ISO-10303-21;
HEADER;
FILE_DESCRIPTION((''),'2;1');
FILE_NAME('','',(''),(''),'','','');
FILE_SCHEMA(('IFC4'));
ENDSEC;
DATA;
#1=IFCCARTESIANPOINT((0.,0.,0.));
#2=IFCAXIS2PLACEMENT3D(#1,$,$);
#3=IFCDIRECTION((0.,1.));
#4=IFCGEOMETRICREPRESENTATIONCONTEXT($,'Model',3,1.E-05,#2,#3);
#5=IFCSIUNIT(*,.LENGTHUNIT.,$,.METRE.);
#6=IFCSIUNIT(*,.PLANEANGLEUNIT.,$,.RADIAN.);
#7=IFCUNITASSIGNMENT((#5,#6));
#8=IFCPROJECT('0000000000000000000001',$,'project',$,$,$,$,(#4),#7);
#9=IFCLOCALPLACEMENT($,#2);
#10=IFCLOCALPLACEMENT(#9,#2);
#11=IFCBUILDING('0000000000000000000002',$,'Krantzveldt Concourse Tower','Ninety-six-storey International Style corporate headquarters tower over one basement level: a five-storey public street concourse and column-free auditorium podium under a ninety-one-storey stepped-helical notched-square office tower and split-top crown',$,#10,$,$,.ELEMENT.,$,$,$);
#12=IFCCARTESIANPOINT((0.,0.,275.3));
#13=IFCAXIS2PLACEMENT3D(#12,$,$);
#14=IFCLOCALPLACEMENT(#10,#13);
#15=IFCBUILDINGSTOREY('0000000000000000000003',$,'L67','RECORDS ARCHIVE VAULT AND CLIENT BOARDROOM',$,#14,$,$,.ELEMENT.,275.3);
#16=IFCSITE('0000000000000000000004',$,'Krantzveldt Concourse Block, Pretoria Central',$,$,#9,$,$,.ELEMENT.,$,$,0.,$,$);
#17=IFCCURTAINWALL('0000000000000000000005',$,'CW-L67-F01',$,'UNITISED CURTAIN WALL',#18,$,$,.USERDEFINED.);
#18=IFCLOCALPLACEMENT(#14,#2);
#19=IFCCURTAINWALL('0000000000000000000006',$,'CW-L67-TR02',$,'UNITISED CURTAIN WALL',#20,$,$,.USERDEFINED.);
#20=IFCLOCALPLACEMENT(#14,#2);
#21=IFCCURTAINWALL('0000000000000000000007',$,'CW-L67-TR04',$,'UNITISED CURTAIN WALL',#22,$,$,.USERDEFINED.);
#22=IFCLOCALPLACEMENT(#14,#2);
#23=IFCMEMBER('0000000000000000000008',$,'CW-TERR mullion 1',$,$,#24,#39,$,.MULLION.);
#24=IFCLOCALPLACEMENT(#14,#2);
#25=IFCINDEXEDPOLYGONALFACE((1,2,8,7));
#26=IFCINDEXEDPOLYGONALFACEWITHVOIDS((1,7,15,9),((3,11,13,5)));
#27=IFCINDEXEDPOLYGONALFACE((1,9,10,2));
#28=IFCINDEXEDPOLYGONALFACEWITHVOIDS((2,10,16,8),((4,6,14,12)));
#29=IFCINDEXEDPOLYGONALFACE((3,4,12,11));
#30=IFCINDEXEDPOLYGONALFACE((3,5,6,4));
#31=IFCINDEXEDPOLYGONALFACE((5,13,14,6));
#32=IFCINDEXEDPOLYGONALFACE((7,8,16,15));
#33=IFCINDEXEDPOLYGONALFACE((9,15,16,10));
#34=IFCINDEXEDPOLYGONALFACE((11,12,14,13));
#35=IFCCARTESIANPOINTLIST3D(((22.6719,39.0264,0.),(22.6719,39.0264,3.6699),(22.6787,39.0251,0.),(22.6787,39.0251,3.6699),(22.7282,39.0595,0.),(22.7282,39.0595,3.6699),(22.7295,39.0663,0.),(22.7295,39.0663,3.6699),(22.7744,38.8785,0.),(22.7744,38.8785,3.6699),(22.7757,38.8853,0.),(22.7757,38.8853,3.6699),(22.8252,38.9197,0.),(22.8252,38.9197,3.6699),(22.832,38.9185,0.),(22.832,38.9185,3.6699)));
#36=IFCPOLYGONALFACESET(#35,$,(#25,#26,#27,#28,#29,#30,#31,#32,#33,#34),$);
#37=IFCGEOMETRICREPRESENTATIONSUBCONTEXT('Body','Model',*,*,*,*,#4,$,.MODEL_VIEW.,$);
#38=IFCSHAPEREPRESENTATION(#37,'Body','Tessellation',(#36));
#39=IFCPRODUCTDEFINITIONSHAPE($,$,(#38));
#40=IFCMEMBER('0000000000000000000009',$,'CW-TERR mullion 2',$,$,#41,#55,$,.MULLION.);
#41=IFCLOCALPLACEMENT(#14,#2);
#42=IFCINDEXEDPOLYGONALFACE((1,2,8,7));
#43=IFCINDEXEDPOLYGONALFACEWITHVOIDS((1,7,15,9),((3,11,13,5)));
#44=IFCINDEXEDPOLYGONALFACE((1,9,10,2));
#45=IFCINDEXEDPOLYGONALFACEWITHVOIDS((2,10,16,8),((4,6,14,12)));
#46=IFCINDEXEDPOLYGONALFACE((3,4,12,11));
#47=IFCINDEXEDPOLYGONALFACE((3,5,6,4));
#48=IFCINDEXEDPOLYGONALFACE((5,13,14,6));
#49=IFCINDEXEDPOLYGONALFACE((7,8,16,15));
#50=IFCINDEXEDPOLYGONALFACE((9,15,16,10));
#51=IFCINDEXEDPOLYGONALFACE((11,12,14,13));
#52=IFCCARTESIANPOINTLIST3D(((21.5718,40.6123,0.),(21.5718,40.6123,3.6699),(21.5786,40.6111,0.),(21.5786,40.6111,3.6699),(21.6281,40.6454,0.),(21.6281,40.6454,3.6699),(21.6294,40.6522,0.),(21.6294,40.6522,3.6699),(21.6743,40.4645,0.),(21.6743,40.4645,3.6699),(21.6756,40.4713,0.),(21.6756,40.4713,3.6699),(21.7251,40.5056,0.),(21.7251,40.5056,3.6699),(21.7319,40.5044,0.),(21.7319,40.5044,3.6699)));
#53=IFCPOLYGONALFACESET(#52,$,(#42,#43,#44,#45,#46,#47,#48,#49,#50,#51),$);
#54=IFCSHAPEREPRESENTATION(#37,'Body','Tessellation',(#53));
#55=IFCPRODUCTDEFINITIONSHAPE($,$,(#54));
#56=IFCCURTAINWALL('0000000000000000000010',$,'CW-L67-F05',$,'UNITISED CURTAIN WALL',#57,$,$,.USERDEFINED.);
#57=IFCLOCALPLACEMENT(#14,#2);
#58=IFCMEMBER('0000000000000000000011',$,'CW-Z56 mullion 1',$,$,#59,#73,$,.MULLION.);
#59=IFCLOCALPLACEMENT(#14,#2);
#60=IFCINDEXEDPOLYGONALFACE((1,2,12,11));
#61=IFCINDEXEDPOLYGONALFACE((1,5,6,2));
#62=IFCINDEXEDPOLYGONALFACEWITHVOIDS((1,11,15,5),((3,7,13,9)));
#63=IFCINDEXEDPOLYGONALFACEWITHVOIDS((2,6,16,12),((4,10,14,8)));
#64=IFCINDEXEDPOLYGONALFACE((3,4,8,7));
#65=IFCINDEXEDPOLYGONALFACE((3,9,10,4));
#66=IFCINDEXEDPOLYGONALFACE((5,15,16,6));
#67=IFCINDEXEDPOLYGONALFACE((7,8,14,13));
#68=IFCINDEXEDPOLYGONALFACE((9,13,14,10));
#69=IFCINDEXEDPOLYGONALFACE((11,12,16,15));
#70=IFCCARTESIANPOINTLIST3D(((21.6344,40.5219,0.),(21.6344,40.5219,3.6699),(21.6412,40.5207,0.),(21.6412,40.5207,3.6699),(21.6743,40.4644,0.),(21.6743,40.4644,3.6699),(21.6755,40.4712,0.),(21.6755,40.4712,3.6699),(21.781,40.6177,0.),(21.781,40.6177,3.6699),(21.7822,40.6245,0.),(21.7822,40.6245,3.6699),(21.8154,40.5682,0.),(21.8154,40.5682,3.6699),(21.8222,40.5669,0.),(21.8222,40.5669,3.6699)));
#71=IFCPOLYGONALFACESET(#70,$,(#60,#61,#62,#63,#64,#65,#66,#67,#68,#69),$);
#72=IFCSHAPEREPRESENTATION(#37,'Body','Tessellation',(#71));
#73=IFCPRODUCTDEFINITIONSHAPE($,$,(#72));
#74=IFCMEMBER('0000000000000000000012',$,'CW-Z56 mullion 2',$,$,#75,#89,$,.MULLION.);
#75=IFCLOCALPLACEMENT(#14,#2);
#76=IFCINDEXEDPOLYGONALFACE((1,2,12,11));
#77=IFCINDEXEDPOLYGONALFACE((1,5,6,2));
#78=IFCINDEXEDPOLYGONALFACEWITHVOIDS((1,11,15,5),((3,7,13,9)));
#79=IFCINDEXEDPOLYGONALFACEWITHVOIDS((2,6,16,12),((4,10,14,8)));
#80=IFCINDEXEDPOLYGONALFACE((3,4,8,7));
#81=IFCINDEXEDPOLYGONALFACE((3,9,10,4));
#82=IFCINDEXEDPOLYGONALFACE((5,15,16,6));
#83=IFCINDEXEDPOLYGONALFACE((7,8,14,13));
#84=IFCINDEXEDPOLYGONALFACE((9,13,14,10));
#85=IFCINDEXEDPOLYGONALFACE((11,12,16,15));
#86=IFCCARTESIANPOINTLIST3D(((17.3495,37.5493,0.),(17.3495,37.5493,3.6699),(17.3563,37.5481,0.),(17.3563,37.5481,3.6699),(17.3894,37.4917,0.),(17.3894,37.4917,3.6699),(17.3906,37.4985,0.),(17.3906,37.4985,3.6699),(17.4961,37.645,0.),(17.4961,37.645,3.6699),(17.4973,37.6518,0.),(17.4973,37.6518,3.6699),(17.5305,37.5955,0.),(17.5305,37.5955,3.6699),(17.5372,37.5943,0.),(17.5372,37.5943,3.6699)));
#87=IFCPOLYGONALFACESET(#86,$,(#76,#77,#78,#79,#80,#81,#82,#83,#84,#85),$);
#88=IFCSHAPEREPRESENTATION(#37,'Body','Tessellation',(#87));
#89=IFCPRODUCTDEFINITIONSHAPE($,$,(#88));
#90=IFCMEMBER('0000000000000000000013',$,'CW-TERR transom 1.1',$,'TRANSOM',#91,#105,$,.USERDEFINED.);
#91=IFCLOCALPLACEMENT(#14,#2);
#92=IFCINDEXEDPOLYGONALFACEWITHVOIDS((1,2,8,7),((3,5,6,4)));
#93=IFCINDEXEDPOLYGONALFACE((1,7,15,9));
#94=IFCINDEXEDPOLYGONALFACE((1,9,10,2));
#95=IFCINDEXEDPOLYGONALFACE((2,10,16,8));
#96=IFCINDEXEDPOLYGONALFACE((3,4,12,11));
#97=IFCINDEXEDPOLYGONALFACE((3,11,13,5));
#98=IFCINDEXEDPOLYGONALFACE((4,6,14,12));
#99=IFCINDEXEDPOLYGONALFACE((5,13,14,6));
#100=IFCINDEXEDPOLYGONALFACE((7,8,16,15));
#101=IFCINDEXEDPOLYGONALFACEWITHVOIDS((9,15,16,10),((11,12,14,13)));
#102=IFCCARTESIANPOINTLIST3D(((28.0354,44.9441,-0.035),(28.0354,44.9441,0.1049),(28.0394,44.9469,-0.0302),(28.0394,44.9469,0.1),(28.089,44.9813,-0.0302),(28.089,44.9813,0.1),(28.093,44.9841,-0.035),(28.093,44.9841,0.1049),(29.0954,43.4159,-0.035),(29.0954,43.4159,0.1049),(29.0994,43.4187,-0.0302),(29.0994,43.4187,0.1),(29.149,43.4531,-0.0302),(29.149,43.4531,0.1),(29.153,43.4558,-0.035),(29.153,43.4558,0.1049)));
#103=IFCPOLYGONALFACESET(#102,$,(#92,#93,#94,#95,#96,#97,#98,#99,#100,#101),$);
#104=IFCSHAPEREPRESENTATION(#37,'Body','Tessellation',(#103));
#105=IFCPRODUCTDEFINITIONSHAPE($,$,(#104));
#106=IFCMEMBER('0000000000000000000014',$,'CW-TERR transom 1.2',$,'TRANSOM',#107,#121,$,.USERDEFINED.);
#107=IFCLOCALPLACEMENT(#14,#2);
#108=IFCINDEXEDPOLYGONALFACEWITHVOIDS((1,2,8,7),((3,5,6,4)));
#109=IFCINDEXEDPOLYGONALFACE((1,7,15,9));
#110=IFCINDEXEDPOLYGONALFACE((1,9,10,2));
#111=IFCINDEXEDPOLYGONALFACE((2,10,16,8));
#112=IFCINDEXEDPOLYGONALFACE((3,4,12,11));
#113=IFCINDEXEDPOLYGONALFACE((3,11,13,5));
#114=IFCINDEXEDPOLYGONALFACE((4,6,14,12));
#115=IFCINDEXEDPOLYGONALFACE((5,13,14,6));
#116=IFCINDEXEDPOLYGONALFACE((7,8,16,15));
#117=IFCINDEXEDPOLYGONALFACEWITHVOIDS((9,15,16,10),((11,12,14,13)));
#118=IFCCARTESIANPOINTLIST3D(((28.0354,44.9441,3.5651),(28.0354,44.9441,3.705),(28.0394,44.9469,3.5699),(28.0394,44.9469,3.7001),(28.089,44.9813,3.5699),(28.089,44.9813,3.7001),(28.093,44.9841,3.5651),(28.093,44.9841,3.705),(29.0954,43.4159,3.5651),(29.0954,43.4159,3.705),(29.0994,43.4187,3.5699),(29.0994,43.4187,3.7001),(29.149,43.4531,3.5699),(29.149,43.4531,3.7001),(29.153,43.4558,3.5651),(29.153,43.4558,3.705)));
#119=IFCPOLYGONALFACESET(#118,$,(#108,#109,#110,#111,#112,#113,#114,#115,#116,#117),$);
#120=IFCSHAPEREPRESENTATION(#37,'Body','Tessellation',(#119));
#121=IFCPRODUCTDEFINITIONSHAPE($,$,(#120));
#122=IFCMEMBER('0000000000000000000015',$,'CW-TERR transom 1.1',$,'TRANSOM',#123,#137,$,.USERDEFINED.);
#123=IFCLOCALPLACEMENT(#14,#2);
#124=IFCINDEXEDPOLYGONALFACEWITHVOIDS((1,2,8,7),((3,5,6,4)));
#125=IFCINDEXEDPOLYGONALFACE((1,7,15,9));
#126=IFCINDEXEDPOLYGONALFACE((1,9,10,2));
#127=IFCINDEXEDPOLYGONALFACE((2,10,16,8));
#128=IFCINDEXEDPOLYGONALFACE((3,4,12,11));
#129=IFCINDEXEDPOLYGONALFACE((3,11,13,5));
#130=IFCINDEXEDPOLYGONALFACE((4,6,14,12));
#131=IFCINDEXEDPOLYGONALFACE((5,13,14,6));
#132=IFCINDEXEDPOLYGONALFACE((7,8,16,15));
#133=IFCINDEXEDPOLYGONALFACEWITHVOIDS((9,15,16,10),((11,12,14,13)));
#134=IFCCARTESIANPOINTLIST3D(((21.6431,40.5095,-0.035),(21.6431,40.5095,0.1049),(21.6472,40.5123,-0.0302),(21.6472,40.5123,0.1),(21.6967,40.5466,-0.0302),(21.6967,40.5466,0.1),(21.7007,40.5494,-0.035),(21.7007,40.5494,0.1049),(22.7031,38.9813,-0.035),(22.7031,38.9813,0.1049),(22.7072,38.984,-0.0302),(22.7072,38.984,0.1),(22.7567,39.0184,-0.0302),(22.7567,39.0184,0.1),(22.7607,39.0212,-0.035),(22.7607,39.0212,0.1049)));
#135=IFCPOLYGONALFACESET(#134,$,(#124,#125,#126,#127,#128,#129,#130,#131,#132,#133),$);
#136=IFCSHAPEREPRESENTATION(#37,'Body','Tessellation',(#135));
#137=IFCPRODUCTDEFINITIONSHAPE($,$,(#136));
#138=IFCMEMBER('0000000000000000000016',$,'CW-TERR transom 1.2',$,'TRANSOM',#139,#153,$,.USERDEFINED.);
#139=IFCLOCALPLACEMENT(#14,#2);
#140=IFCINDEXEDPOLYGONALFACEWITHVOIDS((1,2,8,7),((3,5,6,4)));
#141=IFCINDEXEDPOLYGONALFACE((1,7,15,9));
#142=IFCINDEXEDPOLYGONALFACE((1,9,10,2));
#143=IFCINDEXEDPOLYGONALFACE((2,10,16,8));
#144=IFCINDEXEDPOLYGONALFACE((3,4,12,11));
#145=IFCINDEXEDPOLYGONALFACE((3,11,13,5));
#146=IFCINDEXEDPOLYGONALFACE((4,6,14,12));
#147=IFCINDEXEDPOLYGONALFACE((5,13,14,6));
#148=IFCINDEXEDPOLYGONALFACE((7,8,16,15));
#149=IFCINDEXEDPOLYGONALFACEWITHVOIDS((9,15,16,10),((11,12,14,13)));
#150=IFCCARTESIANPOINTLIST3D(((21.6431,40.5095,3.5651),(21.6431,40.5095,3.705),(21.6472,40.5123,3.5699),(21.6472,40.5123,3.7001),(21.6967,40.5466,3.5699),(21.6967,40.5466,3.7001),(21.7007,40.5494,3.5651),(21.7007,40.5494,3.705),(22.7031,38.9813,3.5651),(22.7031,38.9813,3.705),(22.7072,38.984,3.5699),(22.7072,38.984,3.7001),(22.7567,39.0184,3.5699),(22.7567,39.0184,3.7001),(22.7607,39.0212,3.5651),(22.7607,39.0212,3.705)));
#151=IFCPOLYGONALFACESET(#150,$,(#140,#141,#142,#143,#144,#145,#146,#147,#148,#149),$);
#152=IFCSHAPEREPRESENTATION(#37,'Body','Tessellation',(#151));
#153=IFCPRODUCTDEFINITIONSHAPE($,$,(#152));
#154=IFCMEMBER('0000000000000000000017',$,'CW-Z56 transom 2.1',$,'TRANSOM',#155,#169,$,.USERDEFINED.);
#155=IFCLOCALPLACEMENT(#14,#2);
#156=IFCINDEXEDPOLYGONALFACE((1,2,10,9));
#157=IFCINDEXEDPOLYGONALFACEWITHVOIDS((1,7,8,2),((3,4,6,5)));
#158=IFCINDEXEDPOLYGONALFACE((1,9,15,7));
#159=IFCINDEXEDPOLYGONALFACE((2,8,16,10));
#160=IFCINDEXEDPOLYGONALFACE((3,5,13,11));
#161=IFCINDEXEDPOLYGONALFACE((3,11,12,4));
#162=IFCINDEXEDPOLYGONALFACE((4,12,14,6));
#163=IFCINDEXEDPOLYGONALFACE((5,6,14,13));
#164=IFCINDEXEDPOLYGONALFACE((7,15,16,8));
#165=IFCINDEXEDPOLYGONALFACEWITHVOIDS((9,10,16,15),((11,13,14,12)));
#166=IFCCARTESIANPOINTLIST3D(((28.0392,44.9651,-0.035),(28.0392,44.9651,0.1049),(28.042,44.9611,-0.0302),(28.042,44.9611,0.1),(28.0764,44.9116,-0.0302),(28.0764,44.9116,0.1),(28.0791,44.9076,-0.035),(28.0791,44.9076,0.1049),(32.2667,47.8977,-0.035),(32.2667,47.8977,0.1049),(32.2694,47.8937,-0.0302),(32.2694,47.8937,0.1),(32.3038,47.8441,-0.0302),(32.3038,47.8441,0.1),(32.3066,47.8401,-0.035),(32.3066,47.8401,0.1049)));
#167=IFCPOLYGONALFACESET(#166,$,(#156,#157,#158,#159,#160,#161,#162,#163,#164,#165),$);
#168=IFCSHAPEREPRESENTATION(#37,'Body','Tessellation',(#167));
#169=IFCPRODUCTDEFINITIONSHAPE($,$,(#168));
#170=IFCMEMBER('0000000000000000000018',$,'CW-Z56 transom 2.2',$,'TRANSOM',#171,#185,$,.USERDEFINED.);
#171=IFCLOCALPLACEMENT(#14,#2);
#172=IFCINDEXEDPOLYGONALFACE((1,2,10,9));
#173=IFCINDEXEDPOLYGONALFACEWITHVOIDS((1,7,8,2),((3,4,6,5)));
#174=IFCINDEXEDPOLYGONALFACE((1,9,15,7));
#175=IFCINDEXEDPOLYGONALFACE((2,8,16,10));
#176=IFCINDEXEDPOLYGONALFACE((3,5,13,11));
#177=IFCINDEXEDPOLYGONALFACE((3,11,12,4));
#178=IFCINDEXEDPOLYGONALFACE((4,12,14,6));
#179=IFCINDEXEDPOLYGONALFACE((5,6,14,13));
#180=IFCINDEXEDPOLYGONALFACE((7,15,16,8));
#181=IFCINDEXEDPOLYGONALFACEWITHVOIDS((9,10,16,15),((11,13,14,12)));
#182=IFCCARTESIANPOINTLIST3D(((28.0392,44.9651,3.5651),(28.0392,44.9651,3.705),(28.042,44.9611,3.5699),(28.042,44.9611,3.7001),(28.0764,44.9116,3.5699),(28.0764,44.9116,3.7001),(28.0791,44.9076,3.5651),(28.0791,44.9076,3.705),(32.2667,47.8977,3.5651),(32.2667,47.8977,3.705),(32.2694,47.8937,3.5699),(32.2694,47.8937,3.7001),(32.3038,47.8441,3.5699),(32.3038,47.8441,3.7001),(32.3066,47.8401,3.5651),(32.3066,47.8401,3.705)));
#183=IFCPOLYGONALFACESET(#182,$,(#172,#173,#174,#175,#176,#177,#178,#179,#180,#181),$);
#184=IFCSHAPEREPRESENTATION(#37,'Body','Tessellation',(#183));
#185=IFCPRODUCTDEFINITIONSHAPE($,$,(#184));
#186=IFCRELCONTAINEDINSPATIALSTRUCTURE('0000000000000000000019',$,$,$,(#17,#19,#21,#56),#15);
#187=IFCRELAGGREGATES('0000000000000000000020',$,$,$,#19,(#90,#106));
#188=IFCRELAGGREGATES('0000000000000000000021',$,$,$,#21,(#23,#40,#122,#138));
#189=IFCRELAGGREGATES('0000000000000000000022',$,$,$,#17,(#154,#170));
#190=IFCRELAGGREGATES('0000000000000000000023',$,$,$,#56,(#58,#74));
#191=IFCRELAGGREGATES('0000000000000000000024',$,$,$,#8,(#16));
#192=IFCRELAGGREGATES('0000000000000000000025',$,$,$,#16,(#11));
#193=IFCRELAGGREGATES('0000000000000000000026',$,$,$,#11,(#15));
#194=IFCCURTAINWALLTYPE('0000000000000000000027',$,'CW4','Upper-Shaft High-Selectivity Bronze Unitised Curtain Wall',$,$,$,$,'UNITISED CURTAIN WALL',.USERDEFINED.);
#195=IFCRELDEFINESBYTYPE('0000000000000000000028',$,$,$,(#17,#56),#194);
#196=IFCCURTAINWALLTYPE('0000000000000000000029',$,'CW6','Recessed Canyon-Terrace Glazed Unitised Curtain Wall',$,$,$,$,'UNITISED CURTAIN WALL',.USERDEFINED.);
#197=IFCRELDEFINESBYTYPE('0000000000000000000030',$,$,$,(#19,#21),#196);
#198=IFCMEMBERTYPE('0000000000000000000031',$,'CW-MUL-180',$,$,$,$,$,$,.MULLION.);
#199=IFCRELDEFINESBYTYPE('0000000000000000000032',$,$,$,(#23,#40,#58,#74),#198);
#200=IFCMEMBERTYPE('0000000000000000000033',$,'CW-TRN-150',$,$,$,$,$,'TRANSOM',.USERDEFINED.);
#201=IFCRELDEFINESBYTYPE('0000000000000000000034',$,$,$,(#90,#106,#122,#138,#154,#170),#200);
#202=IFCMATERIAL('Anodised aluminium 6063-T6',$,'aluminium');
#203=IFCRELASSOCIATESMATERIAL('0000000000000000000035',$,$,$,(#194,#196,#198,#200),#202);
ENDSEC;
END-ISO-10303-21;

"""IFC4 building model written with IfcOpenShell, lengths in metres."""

from ifc_helpers import new_model, si_unit, direction, frame, origin, origin_2d, place, context, subcontext, project, spatial, hollow_rectangle, extrude, source, transform, mapped, material, material_profile, profile_set, type_object, type_shapes, element, aggregate, save


model = new_model("IFC4")

# Units and contexts
model_context = context("Model", 3, precision=1e-05, world=origin(), true_north=direction((0.0, 1.0)))
body_context = subcontext(model_context, "Body", "Model", "MODEL_VIEW")
ifc_project = project(units=[si_unit("LENGTHUNIT", "METRE"), si_unit("PLANEANGLEUNIT", "RADIAN")], contexts=[model_context])

# Site, building, storey
site_placement = place(None, origin())
site = spatial("IfcSite", under=ifc_project, at=site_placement, Name="Krantzveldt Concourse Block, Pretoria Central", CompositionType="ELEMENT", RefElevation=0.0)
building_placement = place(site_placement, origin())
building = spatial("IfcBuilding", under=site, at=building_placement, Name="Krantzveldt Concourse Tower", Description="Ninety-six-storey International Style corporate headquarters tower over one basement level: a five-storey public street concourse and column-free auditorium podium under a ninety-one-storey stepped-helical notched-square office tower and split-top crown", CompositionType="ELEMENT")
storey_placement = place(building_placement, frame((0.0, 0.0, 275.3)))
storey = spatial("IfcBuildingStorey", under=building, at=storey_placement, Name="L67", Description="RECORDS ARCHIVE VAULT AND CLIENT BOARDROOM", CompositionType="ELEMENT", Elevation=275.3)

# Curtain walls, members
ifc_material_1 = material(Name="Anodised aluminium 6063-T6", Category="aluminium")
curtain_wall_type_1 = type_object("IfcCurtainWallType", Name="CW4", Description="Upper-Shaft High-Selectivity Bronze Unitised Curtain Wall", ElementType="UNITISED CURTAIN WALL", PredefinedType="USERDEFINED", material=ifc_material_1)
curtain_wall_1_placement = place(storey_placement, origin())
curtain_wall_1 = element("IfcCurtainWall", 1, at=curtain_wall_1_placement, inside=storey, type_object=curtain_wall_type_1, Name="CW-L67-F01", ObjectType="UNITISED CURTAIN WALL", PredefinedType="USERDEFINED")
ifc_material_profile_1 = material_profile(ifc_material_1, hollow_rectangle(XDim=0.0701, YDim=0.1799, WallThickness=0.0049, at=origin_2d()), Name="Anodised aluminium 6063-T6", Category="aluminium")
ifc_profile_set_1 = profile_set([ifc_material_profile_1], Name="Anodised aluminium 6063-T6 - ALU-MULL 180x70x5")
member_type_1 = type_object("IfcMemberType", Name="CW-MUL-180", PredefinedType="MULLION", material=ifc_profile_set_1)
shared_shape_1 = source(origin(), body_context, "Body", "SweptSolid", [
    extrude(hollow_rectangle(XDim=0.0701, YDim=0.1799, WallThickness=0.0049, at=origin_2d()), origin(), (0.0, 0.0, 1.0), 3.6699),
])
type_shapes(member_type_1, [shared_shape_1])
curtain_wall_type_2 = type_object("IfcCurtainWallType", Name="CW6", Description="Recessed Canyon-Terrace Glazed Unitised Curtain Wall", ElementType="UNITISED CURTAIN WALL", PredefinedType="USERDEFINED", material=ifc_material_1)
curtain_wall_2_placement = place(storey_placement, origin())
curtain_wall_2 = element("IfcCurtainWall", 2, at=curtain_wall_2_placement, inside=storey, type_object=curtain_wall_type_2, Name="CW-L67-TR02", ObjectType="UNITISED CURTAIN WALL", PredefinedType="USERDEFINED")
curtain_wall_3_placement = place(storey_placement, origin())
curtain_wall_3 = element("IfcCurtainWall", 3, at=curtain_wall_3_placement, inside=storey, type_object=curtain_wall_type_2, Name="CW-L67-TR04", ObjectType="UNITISED CURTAIN WALL", PredefinedType="USERDEFINED")
member_1_placement = place(storey_placement, frame((22.752, 38.9724, 0.0), z_axis=(0.0, 0.0, 1.0), x_axis=(-0.821647, -0.569996, 0.0)))
member_1 = element("IfcMember", 4, at=member_1_placement, type_object=member_type_1, Name="CW-TERR mullion 1", PredefinedType="MULLION", context=body_context, shape_type="MappedRepresentation", body=[
    mapped(shared_shape_1, transform((0.0, 0.0, 0.0), x_axis=(1.0, 0.0, 0.0), y_axis=(0.0, 1.0, 0.0), z_axis=(0.0, 0.0, 1.0), scale=1.0)),
])
member_2_placement = place(storey_placement, frame((21.6519, 40.5583, 0.0), z_axis=(0.0, 0.0, 1.0), x_axis=(-0.821647, -0.569996, 0.0)))
member_2 = element("IfcMember", 5, at=member_2_placement, type_object=member_type_1, Name="CW-TERR mullion 2", PredefinedType="MULLION", context=body_context, shape_type="MappedRepresentation", body=[
    mapped(shared_shape_1, transform((0.0, 0.0, 0.0), x_axis=(1.0, 0.0, 0.0), y_axis=(0.0, 1.0, 0.0), z_axis=(0.0, 0.0, 1.0), scale=1.0)),
])
curtain_wall_4_placement = place(storey_placement, origin())
curtain_wall_4 = element("IfcCurtainWall", 6, at=curtain_wall_4_placement, inside=storey, type_object=curtain_wall_type_1, Name="CW-L67-F05", ObjectType="UNITISED CURTAIN WALL", PredefinedType="USERDEFINED")
member_3_placement = place(storey_placement, frame((21.7283, 40.5444, 0.0), z_axis=(0.0, 0.0, 1.0), x_axis=(0.569996, -0.821647, 0.0)))
member_3 = element("IfcMember", 7, at=member_3_placement, type_object=member_type_1, Name="CW-Z56 mullion 1", PredefinedType="MULLION", context=body_context, shape_type="MappedRepresentation", body=[
    mapped(shared_shape_1, transform((0.0, 0.0, 0.0), x_axis=(1.0, 0.0, 0.0), y_axis=(0.0, 1.0, 0.0), z_axis=(0.0, 0.0, 1.0), scale=1.0)),
])
member_4_placement = place(storey_placement, frame((17.4434, 37.5718, 0.0), z_axis=(0.0, 0.0, 1.0), x_axis=(0.569996, -0.821647, 0.0)))
member_4 = element("IfcMember", 8, at=member_4_placement, type_object=member_type_1, Name="CW-Z56 mullion 2", PredefinedType="MULLION", context=body_context, shape_type="MappedRepresentation", body=[
    mapped(shared_shape_1, transform((0.0, 0.0, 0.0), x_axis=(1.0, 0.0, 0.0), y_axis=(0.0, 1.0, 0.0), z_axis=(0.0, 0.0, 1.0), scale=1.0)),
])

# Members
ifc_material_profile_2 = material_profile(ifc_material_1, hollow_rectangle(XDim=0.0701, YDim=0.1399, WallThickness=0.0049, at=origin_2d()), Name="Anodised aluminium 6063-T6", Category="aluminium")
ifc_profile_set_2 = profile_set([ifc_material_profile_2], Name="Anodised aluminium 6063-T6 - ALU-TRAN 140x70x5")
member_type_2 = type_object("IfcMemberType", Name="CW-TRN-150", ElementType="TRANSOM", PredefinedType="USERDEFINED", material=ifc_profile_set_2)
shared_shape_2 = source(origin(), body_context, "Body", "SweptSolid", [
    extrude(hollow_rectangle(XDim=0.0701, YDim=0.1399, WallThickness=0.0049, at=origin_2d()), origin(), (0.0, 0.0, 1.0), 1.8599),
])
member_5_placement = place(storey_placement, frame((28.0642, 44.9641, 0.0349), z_axis=(0.569933, -0.821691, 0.0), x_axis=(0.821691, 0.569933, 0.0)))
member_5 = element("IfcMember", 9, at=member_5_placement, type_object=member_type_2, Name="CW-TERR transom 1.1", ObjectType="TRANSOM", PredefinedType="USERDEFINED", context=body_context, shape_type="MappedRepresentation", body=[
    mapped(shared_shape_2, transform((0.0, 0.0, 0.0), x_axis=(1.0, 0.0, 0.0), y_axis=(0.0, 1.0, 0.0), z_axis=(0.0, 0.0, 1.0), scale=1.0)),
])
member_6_placement = place(storey_placement, frame((28.0642, 44.9641, 3.635), z_axis=(0.569933, -0.821691, 0.0), x_axis=(0.821691, 0.569933, 0.0)))
member_6 = element("IfcMember", 10, at=member_6_placement, type_object=member_type_2, Name="CW-TERR transom 1.2", ObjectType="TRANSOM", PredefinedType="USERDEFINED", context=body_context, shape_type="MappedRepresentation", body=[
    mapped(shared_shape_2, transform((0.0, 0.0, 0.0), x_axis=(1.0, 0.0, 0.0), y_axis=(0.0, 1.0, 0.0), z_axis=(0.0, 0.0, 1.0), scale=1.0)),
])
member_7_placement = place(storey_placement, frame((22.7319, 39.0012, 0.0349), z_axis=(-0.569933, 0.821691, 0.0), x_axis=(-0.821691, -0.569933, 0.0)))
member_7 = element("IfcMember", 11, at=member_7_placement, type_object=member_type_2, Name="CW-TERR transom 1.1", ObjectType="TRANSOM", PredefinedType="USERDEFINED", context=body_context, shape_type="MappedRepresentation", body=[
    mapped(shared_shape_2, transform((0.0, 0.0, 0.0), x_axis=(1.0, 0.0, 0.0), y_axis=(0.0, 1.0, 0.0), z_axis=(0.0, 0.0, 1.0), scale=1.0)),
])
member_8_placement = place(storey_placement, frame((22.7319, 39.0012, 3.635), z_axis=(-0.569933, 0.821691, 0.0), x_axis=(-0.821691, -0.569933, 0.0)))
member_8 = element("IfcMember", 12, at=member_8_placement, type_object=member_type_2, Name="CW-TERR transom 1.2", ObjectType="TRANSOM", PredefinedType="USERDEFINED", context=body_context, shape_type="MappedRepresentation", body=[
    mapped(shared_shape_2, transform((0.0, 0.0, 0.0), x_axis=(1.0, 0.0, 0.0), y_axis=(0.0, 1.0, 0.0), z_axis=(0.0, 0.0, 1.0), scale=1.0)),
])
shared_shape_3 = source(origin(), body_context, "Body", "SweptSolid", [
    extrude(hollow_rectangle(XDim=0.0701, YDim=0.1399, WallThickness=0.0049, at=origin_2d()), origin(), (0.0, 0.0, 1.0), 5.145),
])
type_shapes(member_type_2, [shared_shape_2, shared_shape_3])
member_9_placement = place(storey_placement, frame((32.2866, 47.8689, 0.0349), z_axis=(-0.821659, -0.56998, 0.0), x_axis=(0.56998, -0.821659, 0.0)))
member_9 = element("IfcMember", 13, at=member_9_placement, type_object=member_type_2, Name="CW-Z56 transom 2.1", ObjectType="TRANSOM", PredefinedType="USERDEFINED", context=body_context, shape_type="MappedRepresentation", body=[
    mapped(shared_shape_3, transform((0.0, 0.0, 0.0), x_axis=(1.0, 0.0, 0.0), y_axis=(0.0, 1.0, 0.0), z_axis=(0.0, 0.0, 1.0), scale=1.0)),
])
member_10_placement = place(storey_placement, frame((32.2866, 47.8689, 3.635), z_axis=(-0.821659, -0.56998, 0.0), x_axis=(0.56998, -0.821659, 0.0)))
member_10 = element("IfcMember", 14, at=member_10_placement, type_object=member_type_2, Name="CW-Z56 transom 2.2", ObjectType="TRANSOM", PredefinedType="USERDEFINED", context=body_context, shape_type="MappedRepresentation", body=[
    mapped(shared_shape_3, transform((0.0, 0.0, 0.0), x_axis=(1.0, 0.0, 0.0), y_axis=(0.0, 1.0, 0.0), z_axis=(0.0, 0.0, 1.0), scale=1.0)),
])

aggregate(curtain_wall_2, [member_5, member_6])
aggregate(curtain_wall_3, [member_1, member_2, member_7, member_8])
aggregate(curtain_wall_1, [member_9, member_10])
aggregate(curtain_wall_4, [member_3, member_4])

save(model, "model.ifc")
